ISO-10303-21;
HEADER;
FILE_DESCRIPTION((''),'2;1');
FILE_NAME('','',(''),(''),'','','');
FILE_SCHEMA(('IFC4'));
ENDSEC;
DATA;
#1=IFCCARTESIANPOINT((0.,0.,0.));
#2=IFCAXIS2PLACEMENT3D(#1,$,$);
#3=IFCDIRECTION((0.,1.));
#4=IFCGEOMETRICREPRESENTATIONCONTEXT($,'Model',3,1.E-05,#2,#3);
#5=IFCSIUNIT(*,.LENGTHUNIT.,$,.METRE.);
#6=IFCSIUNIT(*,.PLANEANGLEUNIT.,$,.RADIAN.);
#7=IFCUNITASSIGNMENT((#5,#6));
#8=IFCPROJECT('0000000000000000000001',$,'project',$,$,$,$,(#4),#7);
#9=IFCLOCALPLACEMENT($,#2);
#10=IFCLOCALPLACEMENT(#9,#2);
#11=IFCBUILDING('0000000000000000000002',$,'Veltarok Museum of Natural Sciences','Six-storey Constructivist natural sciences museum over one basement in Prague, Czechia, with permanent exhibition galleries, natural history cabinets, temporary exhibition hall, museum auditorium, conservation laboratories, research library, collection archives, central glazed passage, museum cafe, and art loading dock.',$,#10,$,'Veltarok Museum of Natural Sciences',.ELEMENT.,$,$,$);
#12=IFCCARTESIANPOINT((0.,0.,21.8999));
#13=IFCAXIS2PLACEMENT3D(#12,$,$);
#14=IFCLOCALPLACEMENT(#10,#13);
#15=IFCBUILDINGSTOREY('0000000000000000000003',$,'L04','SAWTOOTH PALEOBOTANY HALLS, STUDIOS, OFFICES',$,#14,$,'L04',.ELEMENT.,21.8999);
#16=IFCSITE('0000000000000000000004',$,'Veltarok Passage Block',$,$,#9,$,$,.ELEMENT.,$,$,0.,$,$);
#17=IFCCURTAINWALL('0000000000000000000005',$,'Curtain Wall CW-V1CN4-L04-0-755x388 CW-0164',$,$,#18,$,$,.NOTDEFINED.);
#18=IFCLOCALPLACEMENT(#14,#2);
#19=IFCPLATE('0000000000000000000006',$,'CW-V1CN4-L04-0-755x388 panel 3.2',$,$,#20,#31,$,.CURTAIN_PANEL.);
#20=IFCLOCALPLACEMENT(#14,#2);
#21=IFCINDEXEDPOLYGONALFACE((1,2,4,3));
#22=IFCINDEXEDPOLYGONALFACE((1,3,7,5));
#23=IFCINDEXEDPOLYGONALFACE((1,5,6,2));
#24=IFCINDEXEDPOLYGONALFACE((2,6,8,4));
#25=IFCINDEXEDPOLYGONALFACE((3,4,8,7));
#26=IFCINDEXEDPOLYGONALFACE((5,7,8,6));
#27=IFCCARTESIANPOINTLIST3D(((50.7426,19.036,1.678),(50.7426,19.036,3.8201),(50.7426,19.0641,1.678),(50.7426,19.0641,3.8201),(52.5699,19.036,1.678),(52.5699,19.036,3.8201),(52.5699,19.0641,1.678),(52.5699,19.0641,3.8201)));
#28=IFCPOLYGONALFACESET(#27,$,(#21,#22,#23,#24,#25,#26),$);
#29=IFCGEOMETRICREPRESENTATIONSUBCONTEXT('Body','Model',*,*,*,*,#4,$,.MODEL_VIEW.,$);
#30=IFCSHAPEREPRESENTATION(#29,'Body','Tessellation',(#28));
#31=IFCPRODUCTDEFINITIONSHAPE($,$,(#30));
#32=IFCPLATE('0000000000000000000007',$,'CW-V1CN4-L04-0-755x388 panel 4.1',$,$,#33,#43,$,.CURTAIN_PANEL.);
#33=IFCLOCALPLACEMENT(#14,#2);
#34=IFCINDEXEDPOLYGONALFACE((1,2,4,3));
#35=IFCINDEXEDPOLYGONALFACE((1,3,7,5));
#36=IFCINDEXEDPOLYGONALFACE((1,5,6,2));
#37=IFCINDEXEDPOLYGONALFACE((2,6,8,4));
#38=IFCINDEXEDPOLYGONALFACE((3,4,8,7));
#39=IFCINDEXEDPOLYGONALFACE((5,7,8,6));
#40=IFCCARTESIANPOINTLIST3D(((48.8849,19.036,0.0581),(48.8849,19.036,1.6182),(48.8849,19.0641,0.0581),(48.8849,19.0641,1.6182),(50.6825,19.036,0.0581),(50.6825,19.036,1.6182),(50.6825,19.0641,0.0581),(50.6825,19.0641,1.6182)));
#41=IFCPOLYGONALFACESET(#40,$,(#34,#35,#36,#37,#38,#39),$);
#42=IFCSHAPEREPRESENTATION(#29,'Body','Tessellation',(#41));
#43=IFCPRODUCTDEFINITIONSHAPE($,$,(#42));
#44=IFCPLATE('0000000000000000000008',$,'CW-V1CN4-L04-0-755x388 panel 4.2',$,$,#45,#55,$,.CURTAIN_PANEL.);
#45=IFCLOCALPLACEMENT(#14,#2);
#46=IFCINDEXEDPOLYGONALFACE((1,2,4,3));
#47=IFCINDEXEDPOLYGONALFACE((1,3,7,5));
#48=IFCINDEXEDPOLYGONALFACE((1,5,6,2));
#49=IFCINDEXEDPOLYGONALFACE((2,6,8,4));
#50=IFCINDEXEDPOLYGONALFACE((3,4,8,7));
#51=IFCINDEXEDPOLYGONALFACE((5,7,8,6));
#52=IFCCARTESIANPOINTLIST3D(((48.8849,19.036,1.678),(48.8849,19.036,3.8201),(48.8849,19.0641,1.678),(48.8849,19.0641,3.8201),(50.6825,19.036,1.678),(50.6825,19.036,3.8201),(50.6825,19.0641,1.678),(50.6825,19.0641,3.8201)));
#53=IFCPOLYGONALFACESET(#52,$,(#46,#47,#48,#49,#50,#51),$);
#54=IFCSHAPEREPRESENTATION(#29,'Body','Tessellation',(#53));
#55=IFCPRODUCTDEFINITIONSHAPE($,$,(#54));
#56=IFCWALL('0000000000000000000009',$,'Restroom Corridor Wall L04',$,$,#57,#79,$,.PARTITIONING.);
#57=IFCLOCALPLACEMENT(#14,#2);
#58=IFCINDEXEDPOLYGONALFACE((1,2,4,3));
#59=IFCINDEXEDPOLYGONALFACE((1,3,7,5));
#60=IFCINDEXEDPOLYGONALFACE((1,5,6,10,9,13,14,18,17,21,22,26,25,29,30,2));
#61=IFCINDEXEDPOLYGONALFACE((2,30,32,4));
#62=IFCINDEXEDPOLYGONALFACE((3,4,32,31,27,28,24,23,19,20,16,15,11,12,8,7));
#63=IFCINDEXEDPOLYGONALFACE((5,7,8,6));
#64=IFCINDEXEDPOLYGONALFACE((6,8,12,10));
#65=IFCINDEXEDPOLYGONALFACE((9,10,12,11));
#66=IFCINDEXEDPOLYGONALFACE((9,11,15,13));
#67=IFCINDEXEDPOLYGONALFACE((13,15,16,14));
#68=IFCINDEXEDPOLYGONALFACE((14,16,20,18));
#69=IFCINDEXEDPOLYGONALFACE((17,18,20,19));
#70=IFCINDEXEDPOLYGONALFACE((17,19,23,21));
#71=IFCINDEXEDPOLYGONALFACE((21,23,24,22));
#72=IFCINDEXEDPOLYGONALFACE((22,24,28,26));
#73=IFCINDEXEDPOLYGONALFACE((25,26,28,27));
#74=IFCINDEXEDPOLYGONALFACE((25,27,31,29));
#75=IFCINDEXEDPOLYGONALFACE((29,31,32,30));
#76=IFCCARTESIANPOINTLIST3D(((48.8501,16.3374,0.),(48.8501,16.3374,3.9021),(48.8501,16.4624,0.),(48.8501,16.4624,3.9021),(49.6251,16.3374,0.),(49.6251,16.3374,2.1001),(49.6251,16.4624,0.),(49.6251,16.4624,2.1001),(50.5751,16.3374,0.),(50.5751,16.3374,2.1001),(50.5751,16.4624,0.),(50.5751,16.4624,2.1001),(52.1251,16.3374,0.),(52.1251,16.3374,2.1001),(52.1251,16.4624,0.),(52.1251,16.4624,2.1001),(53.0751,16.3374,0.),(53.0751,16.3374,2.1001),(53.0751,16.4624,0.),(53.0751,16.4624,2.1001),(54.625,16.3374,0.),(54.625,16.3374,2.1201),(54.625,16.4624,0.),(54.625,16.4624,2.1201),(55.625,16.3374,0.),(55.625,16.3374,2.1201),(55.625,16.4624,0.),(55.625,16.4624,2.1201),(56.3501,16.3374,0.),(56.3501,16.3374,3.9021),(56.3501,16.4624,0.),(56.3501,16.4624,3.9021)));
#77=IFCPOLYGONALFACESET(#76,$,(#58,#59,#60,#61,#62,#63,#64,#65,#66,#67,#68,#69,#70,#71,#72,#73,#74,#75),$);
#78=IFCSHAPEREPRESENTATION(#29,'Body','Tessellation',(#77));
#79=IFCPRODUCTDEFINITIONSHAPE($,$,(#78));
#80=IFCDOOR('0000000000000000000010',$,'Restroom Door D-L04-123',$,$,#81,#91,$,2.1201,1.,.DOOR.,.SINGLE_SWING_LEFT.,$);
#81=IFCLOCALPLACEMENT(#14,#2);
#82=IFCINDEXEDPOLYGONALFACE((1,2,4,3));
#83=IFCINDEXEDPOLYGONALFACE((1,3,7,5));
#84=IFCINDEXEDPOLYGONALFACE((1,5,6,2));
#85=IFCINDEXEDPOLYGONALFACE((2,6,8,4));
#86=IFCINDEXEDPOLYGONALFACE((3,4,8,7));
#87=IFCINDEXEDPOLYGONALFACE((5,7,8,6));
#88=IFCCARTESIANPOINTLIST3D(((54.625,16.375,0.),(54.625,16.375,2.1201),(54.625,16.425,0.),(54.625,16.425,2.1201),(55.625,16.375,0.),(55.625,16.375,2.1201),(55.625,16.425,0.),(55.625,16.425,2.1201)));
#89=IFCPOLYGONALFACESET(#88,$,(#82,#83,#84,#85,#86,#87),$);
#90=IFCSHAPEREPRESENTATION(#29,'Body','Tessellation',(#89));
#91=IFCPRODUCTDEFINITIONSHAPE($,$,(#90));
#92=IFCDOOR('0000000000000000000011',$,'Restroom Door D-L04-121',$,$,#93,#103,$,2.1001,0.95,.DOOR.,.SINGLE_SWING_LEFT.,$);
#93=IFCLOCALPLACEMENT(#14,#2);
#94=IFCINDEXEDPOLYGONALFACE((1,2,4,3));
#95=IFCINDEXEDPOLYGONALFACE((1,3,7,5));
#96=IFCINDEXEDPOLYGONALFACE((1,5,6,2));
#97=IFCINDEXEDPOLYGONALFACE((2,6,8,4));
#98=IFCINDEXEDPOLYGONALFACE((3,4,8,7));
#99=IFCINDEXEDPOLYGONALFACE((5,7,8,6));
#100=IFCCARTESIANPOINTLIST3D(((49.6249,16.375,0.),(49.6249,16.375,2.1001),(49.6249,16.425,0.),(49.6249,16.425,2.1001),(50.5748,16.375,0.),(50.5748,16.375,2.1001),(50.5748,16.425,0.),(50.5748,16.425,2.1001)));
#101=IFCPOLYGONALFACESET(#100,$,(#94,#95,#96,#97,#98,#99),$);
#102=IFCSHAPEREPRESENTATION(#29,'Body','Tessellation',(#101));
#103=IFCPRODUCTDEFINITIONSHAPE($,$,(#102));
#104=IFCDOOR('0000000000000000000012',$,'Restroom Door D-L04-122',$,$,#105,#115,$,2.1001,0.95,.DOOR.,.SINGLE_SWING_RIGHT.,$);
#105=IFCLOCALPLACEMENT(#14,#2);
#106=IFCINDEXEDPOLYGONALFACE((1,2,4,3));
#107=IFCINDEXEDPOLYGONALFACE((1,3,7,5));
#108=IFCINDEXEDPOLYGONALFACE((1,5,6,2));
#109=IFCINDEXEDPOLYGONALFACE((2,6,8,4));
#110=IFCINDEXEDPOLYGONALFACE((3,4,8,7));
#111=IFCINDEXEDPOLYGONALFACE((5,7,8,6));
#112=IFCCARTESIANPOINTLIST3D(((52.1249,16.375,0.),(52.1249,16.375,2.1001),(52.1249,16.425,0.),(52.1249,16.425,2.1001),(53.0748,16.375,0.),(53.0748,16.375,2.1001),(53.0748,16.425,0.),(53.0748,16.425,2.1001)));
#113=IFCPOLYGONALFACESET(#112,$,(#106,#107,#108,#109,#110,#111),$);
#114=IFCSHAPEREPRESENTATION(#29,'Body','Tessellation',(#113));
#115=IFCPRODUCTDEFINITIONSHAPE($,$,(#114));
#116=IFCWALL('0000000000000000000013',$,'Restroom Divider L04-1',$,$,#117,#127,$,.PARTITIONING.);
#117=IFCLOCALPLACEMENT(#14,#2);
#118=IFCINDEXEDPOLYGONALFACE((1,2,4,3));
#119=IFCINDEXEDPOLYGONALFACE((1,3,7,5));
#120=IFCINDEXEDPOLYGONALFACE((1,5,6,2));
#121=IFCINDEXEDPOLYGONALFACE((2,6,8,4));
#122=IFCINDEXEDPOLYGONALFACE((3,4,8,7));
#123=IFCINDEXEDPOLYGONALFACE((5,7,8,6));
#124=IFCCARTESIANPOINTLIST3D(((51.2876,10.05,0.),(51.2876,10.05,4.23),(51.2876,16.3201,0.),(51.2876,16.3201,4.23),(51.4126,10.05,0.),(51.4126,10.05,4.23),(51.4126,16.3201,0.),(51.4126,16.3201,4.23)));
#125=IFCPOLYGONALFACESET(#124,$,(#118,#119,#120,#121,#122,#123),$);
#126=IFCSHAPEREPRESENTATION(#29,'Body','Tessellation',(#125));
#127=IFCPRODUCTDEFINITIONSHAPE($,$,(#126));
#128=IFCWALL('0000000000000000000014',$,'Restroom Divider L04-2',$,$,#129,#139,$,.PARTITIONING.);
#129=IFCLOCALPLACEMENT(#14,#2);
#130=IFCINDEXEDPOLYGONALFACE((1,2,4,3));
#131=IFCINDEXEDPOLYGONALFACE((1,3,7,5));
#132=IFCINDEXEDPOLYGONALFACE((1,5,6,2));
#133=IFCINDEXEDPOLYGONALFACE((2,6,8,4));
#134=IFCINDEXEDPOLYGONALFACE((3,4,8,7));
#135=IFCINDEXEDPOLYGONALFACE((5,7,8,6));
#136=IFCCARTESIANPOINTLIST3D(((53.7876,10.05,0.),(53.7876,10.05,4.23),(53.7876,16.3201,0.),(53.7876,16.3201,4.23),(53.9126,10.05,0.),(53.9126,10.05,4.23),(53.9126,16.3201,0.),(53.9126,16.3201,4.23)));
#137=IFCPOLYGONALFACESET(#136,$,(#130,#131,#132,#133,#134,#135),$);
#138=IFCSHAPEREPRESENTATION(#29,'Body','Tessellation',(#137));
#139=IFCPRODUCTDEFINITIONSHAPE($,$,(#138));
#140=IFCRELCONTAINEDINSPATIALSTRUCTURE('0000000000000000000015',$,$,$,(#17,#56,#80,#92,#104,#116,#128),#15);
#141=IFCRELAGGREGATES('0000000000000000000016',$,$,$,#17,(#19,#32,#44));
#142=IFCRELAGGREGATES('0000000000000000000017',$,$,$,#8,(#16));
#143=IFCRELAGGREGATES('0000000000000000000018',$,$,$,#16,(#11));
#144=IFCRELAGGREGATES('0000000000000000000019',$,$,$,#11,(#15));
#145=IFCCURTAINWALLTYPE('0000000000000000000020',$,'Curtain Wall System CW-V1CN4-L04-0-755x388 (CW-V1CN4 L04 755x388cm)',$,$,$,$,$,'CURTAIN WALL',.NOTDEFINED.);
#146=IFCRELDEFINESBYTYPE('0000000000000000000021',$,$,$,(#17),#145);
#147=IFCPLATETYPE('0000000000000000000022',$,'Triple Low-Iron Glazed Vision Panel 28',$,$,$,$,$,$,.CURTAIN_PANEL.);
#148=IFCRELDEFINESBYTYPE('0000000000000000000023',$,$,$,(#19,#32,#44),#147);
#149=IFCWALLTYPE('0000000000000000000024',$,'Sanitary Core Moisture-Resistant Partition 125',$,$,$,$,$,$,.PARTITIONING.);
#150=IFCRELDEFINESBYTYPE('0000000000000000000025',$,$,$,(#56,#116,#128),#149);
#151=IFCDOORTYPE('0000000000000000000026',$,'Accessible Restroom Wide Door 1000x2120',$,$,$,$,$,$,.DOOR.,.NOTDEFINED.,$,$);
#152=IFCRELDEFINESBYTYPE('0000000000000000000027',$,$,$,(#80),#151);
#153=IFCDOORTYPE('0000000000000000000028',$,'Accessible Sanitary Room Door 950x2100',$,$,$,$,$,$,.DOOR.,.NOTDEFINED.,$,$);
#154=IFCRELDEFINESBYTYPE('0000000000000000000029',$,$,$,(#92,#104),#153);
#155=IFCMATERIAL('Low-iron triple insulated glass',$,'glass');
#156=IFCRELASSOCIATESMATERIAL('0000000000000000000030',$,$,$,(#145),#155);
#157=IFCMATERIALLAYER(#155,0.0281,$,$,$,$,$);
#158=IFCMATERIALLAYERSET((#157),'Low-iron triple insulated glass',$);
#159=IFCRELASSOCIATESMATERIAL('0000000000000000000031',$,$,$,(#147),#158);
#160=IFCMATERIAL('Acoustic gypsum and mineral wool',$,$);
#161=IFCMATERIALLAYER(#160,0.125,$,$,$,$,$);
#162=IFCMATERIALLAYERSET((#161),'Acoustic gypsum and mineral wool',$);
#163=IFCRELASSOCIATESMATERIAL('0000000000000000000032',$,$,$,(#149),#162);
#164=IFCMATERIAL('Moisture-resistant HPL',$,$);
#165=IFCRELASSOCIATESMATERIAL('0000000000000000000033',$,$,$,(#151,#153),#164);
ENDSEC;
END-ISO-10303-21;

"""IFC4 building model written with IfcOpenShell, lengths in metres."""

from ifc_helpers import new_model, si_unit, direction, frame, frame_2d, origin, origin_2d, place, context, subcontext, project, spatial, rectangle, extrude, material, layer, layer_set, type_object, element, fill, aggregate, save


model = new_model("IFC4")

# Units and contexts
model_context = context("Model", 3, precision=1e-05, world=origin(), true_north=direction((0.0, 1.0)))
body_context = subcontext(model_context, "Body", "Model", "MODEL_VIEW")
ifc_project = project(units=[si_unit("LENGTHUNIT", "METRE"), si_unit("PLANEANGLEUNIT", "RADIAN")], contexts=[model_context])

# Site, building, storey
site_placement = place(None, origin())
site = spatial("IfcSite", under=ifc_project, at=site_placement, Name="Veltarok Passage Block", CompositionType="ELEMENT", RefElevation=0.0)
building_placement = place(site_placement, origin())
building = spatial("IfcBuilding", under=site, at=building_placement, Name="Veltarok Museum of Natural Sciences", Description="Six-storey Constructivist natural sciences museum over one basement in Prague, Czechia, with permanent exhibition galleries, natural history cabinets, temporary exhibition hall, museum auditorium, conservation laboratories, research library, collection archives, central glazed passage, museum cafe, and art loading dock.", LongName="Veltarok Museum of Natural Sciences", CompositionType="ELEMENT")
storey_placement = place(building_placement, frame((0.0, 0.0, 21.8999)))
storey = spatial("IfcBuildingStorey", under=building, at=storey_placement, Name="L04", Description="SAWTOOTH PALEOBOTANY HALLS, STUDIOS, OFFICES", LongName="L04", CompositionType="ELEMENT", Elevation=21.8999)

# Curtain wall, plates
ifc_material_1 = material(Name="Low-iron triple insulated glass", Category="glass")
curtain_wall_type = type_object("IfcCurtainWallType", Name="Curtain Wall System CW-V1CN4-L04-0-755x388 (CW-V1CN4 L04 755x388cm)", ElementType="CURTAIN WALL", PredefinedType="NOTDEFINED", material=ifc_material_1)
curtain_wall_placement = place(storey_placement, origin())
curtain_wall = element("IfcCurtainWall", 1, at=curtain_wall_placement, inside=storey, type_object=curtain_wall_type, Name="Curtain Wall CW-V1CN4-L04-0-755x388 CW-0164", PredefinedType="NOTDEFINED")
ifc_layer_1 = layer(ifc_material_1, 0.0281)
ifc_layer_set_1 = layer_set([ifc_layer_1], Name="Low-iron triple insulated glass")
plate_type = type_object("IfcPlateType", Name="Triple Low-Iron Glazed Vision Panel 28", PredefinedType="CURTAIN_PANEL", material=ifc_layer_set_1)
plate_1_placement = place(storey_placement, frame((51.6562, 19.05, 1.678), z_axis=(0.0, 0.0, 1.0), x_axis=(-1.0, 0.0, 0.0)))
plate_1 = element("IfcPlate", 2, at=plate_1_placement, type_object=plate_type, Name="CW-V1CN4-L04-0-755x388 panel 3.2", PredefinedType="CURTAIN_PANEL", context=body_context, shape_type="SweptSolid", body=[
    extrude(rectangle(XDim=1.8274, YDim=0.0281, at=origin_2d()), origin(), (0.0, 0.0, 1.0), 2.1421),
])
plate_2_placement = place(storey_placement, frame((49.7837, 19.05, 0.0581), z_axis=(0.0, 0.0, 1.0), x_axis=(-1.0, 0.0, 0.0)))
plate_2 = element("IfcPlate", 3, at=plate_2_placement, type_object=plate_type, Name="CW-V1CN4-L04-0-755x388 panel 4.1", PredefinedType="CURTAIN_PANEL", context=body_context, shape_type="SweptSolid", body=[
    extrude(rectangle(XDim=1.7976, YDim=0.0281, at=origin_2d()), origin(), (0.0, 0.0, 1.0), 1.5601),
])
plate_3_placement = place(storey_placement, frame((49.7837, 19.05, 1.678), z_axis=(0.0, 0.0, 1.0), x_axis=(-1.0, 0.0, 0.0)))
plate_3 = element("IfcPlate", 4, at=plate_3_placement, type_object=plate_type, Name="CW-V1CN4-L04-0-755x388 panel 4.2", PredefinedType="CURTAIN_PANEL", context=body_context, shape_type="SweptSolid", body=[
    extrude(rectangle(XDim=1.7976, YDim=0.0281, at=origin_2d()), origin(), (0.0, 0.0, 1.0), 2.1421),
])
aggregate(curtain_wall, [plate_1, plate_2, plate_3])

# Wall, openings, doors
ifc_material_2 = material(Name="Acoustic gypsum and mineral wool")
ifc_layer_2 = layer(ifc_material_2, 0.125)
ifc_layer_set_2 = layer_set([ifc_layer_2], Name="Acoustic gypsum and mineral wool")
wall_type = type_object("IfcWallType", Name="Sanitary Core Moisture-Resistant Partition 125", PredefinedType="PARTITIONING", material=ifc_layer_set_2)
wall_placement = place(storey_placement, frame((48.8501, 16.3999, 0.0), z_axis=(0.0, 0.0, 1.0), x_axis=(1.0, 0.0, 0.0)))
wall = element("IfcWall", 5, at=wall_placement, inside=storey, type_object=wall_type, Name="Restroom Corridor Wall L04", PredefinedType="PARTITIONING", context=body_context, shape_type="SweptSolid", body=[
    extrude(rectangle(XDim=7.5, YDim=0.125, at=frame_2d((3.75, 0.0))), origin(), (0.0, 0.0, 1.0), 3.9021),
])
opening_1_placement = place(wall_placement, frame((0.7749, 0.0, 0.0)))
opening_1 = element("IfcOpeningElement", 6, at=opening_1_placement, cuts=wall, PredefinedType="OPENING", context=body_context, shape_type="SweptSolid", body=[
    extrude(rectangle(XDim=0.95, YDim=2.1001, at=frame_2d((0.4751, 1.05))), frame((0.0, 0.0725, 0.0), z_axis=(0.0, -1.0, 0.0), x_axis=(1.0, 0.0, 0.0)), (0.0, 0.0, 1.0), 0.145),
])
opening_2_placement = place(wall_placement, frame((3.2749, 0.0, 0.0)))
opening_2 = element("IfcOpeningElement", 7, at=opening_2_placement, cuts=wall, PredefinedType="OPENING", context=body_context, shape_type="SweptSolid", body=[
    extrude(rectangle(XDim=0.95, YDim=2.1001, at=frame_2d((0.4751, 1.05))), frame((0.0, 0.0725, 0.0), z_axis=(0.0, -1.0, 0.0), x_axis=(1.0, 0.0, 0.0)), (0.0, 0.0, 1.0), 0.145),
])
opening_3_placement = place(wall_placement, frame((5.7749, 0.0, 0.0)))
opening_3 = element("IfcOpeningElement", 8, at=opening_3_placement, cuts=wall, PredefinedType="OPENING", context=body_context, shape_type="SweptSolid", body=[
    extrude(rectangle(XDim=1.0, YDim=2.1201, at=frame_2d((0.5, 1.0601))), frame((0.0, 0.0725, 0.0), z_axis=(0.0, -1.0, 0.0), x_axis=(1.0, 0.0, 0.0)), (0.0, 0.0, 1.0), 0.145),
])
ifc_material_3 = material(Name="Moisture-resistant HPL")
door_type_1 = type_object("IfcDoorType", Name="Accessible Restroom Wide Door 1000x2120", OperationType="NOTDEFINED", PredefinedType="DOOR", material=ifc_material_3)
door_1_placement = place(opening_3_placement, frame((1.0, 0.0, 0.0), z_axis=(0.0, 0.0, 1.0), x_axis=(-1.0, 0.0, 0.0)))
door_1 = element("IfcDoor", 9, at=door_1_placement, inside=storey, type_object=door_type_1, Name="Restroom Door D-L04-123", OperationType="SINGLE_SWING_LEFT", OverallHeight=2.1201, OverallWidth=1.0, PredefinedType="DOOR", context=body_context, shape_type="SweptSolid", body=[
    extrude(rectangle(XDim=1.0, YDim=2.1201, at=frame_2d((0.5, 1.0601))), frame((0.0, 0.0249, 0.0), z_axis=(0.0, -1.0, 0.0), x_axis=(1.0, 0.0, 0.0)), (0.0, 0.0, 1.0), 0.05),
])
fill(opening_3, door_1)
door_type_2 = type_object("IfcDoorType", Name="Accessible Sanitary Room Door 950x2100", OperationType="NOTDEFINED", PredefinedType="DOOR", material=ifc_material_3)
door_2_placement = place(opening_1_placement, frame((0.95, 0.0, 0.0), z_axis=(0.0, 0.0, 1.0), x_axis=(-1.0, 0.0, 0.0)))
door_2 = element("IfcDoor", 10, at=door_2_placement, inside=storey, type_object=door_type_2, Name="Restroom Door D-L04-121", OperationType="SINGLE_SWING_LEFT", OverallHeight=2.1001, OverallWidth=0.95, PredefinedType="DOOR", context=body_context, shape_type="SweptSolid", body=[
    extrude(rectangle(XDim=0.95, YDim=2.1001, at=frame_2d((0.4751, 1.05))), frame((0.0, 0.0249, 0.0), z_axis=(0.0, -1.0, 0.0), x_axis=(1.0, 0.0, 0.0)), (0.0, 0.0, 1.0), 0.05),
])
fill(opening_1, door_2)
door_3_placement = place(opening_2_placement, frame((0.95, 0.0, 0.0), z_axis=(0.0, 0.0, 1.0), x_axis=(-1.0, 0.0, 0.0)))
door_3 = element("IfcDoor", 11, at=door_3_placement, inside=storey, type_object=door_type_2, Name="Restroom Door D-L04-122", OperationType="SINGLE_SWING_RIGHT", OverallHeight=2.1001, OverallWidth=0.95, PredefinedType="DOOR", context=body_context, shape_type="SweptSolid", body=[
    extrude(rectangle(XDim=0.95, YDim=2.1001, at=frame_2d((0.4751, 1.05))), frame((0.0, 0.0249, 0.0), z_axis=(0.0, -1.0, 0.0), x_axis=(1.0, 0.0, 0.0)), (0.0, 0.0, 1.0), 0.05),
])
fill(opening_2, door_3)

# Walls
for number, where, z_axis, x_axis, name in (
    (12, (51.3501, 10.05, 0.0), (0.0, 0.0, 1.0), (0.0, 1.0, 0.0), "Restroom Divider L04-1"),
    (13, (53.8501, 10.05, 0.0), (0.0, 0.0, 1.0), (0.0, 1.0, 0.0), "Restroom Divider L04-2"),
):
    element("IfcWall", number, at=place(storey_placement, frame(where, z_axis=z_axis, x_axis=x_axis)), inside=storey, type_object=wall_type, Name=name, PredefinedType="PARTITIONING", context=body_context, shape_type="SweptSolid", body=[
        extrude(rectangle(XDim=6.27, YDim=0.125, at=frame_2d((3.135, 0.0))), origin(), (0.0, 0.0, 1.0), 4.23),
    ])

save(model, "model.ifc")
